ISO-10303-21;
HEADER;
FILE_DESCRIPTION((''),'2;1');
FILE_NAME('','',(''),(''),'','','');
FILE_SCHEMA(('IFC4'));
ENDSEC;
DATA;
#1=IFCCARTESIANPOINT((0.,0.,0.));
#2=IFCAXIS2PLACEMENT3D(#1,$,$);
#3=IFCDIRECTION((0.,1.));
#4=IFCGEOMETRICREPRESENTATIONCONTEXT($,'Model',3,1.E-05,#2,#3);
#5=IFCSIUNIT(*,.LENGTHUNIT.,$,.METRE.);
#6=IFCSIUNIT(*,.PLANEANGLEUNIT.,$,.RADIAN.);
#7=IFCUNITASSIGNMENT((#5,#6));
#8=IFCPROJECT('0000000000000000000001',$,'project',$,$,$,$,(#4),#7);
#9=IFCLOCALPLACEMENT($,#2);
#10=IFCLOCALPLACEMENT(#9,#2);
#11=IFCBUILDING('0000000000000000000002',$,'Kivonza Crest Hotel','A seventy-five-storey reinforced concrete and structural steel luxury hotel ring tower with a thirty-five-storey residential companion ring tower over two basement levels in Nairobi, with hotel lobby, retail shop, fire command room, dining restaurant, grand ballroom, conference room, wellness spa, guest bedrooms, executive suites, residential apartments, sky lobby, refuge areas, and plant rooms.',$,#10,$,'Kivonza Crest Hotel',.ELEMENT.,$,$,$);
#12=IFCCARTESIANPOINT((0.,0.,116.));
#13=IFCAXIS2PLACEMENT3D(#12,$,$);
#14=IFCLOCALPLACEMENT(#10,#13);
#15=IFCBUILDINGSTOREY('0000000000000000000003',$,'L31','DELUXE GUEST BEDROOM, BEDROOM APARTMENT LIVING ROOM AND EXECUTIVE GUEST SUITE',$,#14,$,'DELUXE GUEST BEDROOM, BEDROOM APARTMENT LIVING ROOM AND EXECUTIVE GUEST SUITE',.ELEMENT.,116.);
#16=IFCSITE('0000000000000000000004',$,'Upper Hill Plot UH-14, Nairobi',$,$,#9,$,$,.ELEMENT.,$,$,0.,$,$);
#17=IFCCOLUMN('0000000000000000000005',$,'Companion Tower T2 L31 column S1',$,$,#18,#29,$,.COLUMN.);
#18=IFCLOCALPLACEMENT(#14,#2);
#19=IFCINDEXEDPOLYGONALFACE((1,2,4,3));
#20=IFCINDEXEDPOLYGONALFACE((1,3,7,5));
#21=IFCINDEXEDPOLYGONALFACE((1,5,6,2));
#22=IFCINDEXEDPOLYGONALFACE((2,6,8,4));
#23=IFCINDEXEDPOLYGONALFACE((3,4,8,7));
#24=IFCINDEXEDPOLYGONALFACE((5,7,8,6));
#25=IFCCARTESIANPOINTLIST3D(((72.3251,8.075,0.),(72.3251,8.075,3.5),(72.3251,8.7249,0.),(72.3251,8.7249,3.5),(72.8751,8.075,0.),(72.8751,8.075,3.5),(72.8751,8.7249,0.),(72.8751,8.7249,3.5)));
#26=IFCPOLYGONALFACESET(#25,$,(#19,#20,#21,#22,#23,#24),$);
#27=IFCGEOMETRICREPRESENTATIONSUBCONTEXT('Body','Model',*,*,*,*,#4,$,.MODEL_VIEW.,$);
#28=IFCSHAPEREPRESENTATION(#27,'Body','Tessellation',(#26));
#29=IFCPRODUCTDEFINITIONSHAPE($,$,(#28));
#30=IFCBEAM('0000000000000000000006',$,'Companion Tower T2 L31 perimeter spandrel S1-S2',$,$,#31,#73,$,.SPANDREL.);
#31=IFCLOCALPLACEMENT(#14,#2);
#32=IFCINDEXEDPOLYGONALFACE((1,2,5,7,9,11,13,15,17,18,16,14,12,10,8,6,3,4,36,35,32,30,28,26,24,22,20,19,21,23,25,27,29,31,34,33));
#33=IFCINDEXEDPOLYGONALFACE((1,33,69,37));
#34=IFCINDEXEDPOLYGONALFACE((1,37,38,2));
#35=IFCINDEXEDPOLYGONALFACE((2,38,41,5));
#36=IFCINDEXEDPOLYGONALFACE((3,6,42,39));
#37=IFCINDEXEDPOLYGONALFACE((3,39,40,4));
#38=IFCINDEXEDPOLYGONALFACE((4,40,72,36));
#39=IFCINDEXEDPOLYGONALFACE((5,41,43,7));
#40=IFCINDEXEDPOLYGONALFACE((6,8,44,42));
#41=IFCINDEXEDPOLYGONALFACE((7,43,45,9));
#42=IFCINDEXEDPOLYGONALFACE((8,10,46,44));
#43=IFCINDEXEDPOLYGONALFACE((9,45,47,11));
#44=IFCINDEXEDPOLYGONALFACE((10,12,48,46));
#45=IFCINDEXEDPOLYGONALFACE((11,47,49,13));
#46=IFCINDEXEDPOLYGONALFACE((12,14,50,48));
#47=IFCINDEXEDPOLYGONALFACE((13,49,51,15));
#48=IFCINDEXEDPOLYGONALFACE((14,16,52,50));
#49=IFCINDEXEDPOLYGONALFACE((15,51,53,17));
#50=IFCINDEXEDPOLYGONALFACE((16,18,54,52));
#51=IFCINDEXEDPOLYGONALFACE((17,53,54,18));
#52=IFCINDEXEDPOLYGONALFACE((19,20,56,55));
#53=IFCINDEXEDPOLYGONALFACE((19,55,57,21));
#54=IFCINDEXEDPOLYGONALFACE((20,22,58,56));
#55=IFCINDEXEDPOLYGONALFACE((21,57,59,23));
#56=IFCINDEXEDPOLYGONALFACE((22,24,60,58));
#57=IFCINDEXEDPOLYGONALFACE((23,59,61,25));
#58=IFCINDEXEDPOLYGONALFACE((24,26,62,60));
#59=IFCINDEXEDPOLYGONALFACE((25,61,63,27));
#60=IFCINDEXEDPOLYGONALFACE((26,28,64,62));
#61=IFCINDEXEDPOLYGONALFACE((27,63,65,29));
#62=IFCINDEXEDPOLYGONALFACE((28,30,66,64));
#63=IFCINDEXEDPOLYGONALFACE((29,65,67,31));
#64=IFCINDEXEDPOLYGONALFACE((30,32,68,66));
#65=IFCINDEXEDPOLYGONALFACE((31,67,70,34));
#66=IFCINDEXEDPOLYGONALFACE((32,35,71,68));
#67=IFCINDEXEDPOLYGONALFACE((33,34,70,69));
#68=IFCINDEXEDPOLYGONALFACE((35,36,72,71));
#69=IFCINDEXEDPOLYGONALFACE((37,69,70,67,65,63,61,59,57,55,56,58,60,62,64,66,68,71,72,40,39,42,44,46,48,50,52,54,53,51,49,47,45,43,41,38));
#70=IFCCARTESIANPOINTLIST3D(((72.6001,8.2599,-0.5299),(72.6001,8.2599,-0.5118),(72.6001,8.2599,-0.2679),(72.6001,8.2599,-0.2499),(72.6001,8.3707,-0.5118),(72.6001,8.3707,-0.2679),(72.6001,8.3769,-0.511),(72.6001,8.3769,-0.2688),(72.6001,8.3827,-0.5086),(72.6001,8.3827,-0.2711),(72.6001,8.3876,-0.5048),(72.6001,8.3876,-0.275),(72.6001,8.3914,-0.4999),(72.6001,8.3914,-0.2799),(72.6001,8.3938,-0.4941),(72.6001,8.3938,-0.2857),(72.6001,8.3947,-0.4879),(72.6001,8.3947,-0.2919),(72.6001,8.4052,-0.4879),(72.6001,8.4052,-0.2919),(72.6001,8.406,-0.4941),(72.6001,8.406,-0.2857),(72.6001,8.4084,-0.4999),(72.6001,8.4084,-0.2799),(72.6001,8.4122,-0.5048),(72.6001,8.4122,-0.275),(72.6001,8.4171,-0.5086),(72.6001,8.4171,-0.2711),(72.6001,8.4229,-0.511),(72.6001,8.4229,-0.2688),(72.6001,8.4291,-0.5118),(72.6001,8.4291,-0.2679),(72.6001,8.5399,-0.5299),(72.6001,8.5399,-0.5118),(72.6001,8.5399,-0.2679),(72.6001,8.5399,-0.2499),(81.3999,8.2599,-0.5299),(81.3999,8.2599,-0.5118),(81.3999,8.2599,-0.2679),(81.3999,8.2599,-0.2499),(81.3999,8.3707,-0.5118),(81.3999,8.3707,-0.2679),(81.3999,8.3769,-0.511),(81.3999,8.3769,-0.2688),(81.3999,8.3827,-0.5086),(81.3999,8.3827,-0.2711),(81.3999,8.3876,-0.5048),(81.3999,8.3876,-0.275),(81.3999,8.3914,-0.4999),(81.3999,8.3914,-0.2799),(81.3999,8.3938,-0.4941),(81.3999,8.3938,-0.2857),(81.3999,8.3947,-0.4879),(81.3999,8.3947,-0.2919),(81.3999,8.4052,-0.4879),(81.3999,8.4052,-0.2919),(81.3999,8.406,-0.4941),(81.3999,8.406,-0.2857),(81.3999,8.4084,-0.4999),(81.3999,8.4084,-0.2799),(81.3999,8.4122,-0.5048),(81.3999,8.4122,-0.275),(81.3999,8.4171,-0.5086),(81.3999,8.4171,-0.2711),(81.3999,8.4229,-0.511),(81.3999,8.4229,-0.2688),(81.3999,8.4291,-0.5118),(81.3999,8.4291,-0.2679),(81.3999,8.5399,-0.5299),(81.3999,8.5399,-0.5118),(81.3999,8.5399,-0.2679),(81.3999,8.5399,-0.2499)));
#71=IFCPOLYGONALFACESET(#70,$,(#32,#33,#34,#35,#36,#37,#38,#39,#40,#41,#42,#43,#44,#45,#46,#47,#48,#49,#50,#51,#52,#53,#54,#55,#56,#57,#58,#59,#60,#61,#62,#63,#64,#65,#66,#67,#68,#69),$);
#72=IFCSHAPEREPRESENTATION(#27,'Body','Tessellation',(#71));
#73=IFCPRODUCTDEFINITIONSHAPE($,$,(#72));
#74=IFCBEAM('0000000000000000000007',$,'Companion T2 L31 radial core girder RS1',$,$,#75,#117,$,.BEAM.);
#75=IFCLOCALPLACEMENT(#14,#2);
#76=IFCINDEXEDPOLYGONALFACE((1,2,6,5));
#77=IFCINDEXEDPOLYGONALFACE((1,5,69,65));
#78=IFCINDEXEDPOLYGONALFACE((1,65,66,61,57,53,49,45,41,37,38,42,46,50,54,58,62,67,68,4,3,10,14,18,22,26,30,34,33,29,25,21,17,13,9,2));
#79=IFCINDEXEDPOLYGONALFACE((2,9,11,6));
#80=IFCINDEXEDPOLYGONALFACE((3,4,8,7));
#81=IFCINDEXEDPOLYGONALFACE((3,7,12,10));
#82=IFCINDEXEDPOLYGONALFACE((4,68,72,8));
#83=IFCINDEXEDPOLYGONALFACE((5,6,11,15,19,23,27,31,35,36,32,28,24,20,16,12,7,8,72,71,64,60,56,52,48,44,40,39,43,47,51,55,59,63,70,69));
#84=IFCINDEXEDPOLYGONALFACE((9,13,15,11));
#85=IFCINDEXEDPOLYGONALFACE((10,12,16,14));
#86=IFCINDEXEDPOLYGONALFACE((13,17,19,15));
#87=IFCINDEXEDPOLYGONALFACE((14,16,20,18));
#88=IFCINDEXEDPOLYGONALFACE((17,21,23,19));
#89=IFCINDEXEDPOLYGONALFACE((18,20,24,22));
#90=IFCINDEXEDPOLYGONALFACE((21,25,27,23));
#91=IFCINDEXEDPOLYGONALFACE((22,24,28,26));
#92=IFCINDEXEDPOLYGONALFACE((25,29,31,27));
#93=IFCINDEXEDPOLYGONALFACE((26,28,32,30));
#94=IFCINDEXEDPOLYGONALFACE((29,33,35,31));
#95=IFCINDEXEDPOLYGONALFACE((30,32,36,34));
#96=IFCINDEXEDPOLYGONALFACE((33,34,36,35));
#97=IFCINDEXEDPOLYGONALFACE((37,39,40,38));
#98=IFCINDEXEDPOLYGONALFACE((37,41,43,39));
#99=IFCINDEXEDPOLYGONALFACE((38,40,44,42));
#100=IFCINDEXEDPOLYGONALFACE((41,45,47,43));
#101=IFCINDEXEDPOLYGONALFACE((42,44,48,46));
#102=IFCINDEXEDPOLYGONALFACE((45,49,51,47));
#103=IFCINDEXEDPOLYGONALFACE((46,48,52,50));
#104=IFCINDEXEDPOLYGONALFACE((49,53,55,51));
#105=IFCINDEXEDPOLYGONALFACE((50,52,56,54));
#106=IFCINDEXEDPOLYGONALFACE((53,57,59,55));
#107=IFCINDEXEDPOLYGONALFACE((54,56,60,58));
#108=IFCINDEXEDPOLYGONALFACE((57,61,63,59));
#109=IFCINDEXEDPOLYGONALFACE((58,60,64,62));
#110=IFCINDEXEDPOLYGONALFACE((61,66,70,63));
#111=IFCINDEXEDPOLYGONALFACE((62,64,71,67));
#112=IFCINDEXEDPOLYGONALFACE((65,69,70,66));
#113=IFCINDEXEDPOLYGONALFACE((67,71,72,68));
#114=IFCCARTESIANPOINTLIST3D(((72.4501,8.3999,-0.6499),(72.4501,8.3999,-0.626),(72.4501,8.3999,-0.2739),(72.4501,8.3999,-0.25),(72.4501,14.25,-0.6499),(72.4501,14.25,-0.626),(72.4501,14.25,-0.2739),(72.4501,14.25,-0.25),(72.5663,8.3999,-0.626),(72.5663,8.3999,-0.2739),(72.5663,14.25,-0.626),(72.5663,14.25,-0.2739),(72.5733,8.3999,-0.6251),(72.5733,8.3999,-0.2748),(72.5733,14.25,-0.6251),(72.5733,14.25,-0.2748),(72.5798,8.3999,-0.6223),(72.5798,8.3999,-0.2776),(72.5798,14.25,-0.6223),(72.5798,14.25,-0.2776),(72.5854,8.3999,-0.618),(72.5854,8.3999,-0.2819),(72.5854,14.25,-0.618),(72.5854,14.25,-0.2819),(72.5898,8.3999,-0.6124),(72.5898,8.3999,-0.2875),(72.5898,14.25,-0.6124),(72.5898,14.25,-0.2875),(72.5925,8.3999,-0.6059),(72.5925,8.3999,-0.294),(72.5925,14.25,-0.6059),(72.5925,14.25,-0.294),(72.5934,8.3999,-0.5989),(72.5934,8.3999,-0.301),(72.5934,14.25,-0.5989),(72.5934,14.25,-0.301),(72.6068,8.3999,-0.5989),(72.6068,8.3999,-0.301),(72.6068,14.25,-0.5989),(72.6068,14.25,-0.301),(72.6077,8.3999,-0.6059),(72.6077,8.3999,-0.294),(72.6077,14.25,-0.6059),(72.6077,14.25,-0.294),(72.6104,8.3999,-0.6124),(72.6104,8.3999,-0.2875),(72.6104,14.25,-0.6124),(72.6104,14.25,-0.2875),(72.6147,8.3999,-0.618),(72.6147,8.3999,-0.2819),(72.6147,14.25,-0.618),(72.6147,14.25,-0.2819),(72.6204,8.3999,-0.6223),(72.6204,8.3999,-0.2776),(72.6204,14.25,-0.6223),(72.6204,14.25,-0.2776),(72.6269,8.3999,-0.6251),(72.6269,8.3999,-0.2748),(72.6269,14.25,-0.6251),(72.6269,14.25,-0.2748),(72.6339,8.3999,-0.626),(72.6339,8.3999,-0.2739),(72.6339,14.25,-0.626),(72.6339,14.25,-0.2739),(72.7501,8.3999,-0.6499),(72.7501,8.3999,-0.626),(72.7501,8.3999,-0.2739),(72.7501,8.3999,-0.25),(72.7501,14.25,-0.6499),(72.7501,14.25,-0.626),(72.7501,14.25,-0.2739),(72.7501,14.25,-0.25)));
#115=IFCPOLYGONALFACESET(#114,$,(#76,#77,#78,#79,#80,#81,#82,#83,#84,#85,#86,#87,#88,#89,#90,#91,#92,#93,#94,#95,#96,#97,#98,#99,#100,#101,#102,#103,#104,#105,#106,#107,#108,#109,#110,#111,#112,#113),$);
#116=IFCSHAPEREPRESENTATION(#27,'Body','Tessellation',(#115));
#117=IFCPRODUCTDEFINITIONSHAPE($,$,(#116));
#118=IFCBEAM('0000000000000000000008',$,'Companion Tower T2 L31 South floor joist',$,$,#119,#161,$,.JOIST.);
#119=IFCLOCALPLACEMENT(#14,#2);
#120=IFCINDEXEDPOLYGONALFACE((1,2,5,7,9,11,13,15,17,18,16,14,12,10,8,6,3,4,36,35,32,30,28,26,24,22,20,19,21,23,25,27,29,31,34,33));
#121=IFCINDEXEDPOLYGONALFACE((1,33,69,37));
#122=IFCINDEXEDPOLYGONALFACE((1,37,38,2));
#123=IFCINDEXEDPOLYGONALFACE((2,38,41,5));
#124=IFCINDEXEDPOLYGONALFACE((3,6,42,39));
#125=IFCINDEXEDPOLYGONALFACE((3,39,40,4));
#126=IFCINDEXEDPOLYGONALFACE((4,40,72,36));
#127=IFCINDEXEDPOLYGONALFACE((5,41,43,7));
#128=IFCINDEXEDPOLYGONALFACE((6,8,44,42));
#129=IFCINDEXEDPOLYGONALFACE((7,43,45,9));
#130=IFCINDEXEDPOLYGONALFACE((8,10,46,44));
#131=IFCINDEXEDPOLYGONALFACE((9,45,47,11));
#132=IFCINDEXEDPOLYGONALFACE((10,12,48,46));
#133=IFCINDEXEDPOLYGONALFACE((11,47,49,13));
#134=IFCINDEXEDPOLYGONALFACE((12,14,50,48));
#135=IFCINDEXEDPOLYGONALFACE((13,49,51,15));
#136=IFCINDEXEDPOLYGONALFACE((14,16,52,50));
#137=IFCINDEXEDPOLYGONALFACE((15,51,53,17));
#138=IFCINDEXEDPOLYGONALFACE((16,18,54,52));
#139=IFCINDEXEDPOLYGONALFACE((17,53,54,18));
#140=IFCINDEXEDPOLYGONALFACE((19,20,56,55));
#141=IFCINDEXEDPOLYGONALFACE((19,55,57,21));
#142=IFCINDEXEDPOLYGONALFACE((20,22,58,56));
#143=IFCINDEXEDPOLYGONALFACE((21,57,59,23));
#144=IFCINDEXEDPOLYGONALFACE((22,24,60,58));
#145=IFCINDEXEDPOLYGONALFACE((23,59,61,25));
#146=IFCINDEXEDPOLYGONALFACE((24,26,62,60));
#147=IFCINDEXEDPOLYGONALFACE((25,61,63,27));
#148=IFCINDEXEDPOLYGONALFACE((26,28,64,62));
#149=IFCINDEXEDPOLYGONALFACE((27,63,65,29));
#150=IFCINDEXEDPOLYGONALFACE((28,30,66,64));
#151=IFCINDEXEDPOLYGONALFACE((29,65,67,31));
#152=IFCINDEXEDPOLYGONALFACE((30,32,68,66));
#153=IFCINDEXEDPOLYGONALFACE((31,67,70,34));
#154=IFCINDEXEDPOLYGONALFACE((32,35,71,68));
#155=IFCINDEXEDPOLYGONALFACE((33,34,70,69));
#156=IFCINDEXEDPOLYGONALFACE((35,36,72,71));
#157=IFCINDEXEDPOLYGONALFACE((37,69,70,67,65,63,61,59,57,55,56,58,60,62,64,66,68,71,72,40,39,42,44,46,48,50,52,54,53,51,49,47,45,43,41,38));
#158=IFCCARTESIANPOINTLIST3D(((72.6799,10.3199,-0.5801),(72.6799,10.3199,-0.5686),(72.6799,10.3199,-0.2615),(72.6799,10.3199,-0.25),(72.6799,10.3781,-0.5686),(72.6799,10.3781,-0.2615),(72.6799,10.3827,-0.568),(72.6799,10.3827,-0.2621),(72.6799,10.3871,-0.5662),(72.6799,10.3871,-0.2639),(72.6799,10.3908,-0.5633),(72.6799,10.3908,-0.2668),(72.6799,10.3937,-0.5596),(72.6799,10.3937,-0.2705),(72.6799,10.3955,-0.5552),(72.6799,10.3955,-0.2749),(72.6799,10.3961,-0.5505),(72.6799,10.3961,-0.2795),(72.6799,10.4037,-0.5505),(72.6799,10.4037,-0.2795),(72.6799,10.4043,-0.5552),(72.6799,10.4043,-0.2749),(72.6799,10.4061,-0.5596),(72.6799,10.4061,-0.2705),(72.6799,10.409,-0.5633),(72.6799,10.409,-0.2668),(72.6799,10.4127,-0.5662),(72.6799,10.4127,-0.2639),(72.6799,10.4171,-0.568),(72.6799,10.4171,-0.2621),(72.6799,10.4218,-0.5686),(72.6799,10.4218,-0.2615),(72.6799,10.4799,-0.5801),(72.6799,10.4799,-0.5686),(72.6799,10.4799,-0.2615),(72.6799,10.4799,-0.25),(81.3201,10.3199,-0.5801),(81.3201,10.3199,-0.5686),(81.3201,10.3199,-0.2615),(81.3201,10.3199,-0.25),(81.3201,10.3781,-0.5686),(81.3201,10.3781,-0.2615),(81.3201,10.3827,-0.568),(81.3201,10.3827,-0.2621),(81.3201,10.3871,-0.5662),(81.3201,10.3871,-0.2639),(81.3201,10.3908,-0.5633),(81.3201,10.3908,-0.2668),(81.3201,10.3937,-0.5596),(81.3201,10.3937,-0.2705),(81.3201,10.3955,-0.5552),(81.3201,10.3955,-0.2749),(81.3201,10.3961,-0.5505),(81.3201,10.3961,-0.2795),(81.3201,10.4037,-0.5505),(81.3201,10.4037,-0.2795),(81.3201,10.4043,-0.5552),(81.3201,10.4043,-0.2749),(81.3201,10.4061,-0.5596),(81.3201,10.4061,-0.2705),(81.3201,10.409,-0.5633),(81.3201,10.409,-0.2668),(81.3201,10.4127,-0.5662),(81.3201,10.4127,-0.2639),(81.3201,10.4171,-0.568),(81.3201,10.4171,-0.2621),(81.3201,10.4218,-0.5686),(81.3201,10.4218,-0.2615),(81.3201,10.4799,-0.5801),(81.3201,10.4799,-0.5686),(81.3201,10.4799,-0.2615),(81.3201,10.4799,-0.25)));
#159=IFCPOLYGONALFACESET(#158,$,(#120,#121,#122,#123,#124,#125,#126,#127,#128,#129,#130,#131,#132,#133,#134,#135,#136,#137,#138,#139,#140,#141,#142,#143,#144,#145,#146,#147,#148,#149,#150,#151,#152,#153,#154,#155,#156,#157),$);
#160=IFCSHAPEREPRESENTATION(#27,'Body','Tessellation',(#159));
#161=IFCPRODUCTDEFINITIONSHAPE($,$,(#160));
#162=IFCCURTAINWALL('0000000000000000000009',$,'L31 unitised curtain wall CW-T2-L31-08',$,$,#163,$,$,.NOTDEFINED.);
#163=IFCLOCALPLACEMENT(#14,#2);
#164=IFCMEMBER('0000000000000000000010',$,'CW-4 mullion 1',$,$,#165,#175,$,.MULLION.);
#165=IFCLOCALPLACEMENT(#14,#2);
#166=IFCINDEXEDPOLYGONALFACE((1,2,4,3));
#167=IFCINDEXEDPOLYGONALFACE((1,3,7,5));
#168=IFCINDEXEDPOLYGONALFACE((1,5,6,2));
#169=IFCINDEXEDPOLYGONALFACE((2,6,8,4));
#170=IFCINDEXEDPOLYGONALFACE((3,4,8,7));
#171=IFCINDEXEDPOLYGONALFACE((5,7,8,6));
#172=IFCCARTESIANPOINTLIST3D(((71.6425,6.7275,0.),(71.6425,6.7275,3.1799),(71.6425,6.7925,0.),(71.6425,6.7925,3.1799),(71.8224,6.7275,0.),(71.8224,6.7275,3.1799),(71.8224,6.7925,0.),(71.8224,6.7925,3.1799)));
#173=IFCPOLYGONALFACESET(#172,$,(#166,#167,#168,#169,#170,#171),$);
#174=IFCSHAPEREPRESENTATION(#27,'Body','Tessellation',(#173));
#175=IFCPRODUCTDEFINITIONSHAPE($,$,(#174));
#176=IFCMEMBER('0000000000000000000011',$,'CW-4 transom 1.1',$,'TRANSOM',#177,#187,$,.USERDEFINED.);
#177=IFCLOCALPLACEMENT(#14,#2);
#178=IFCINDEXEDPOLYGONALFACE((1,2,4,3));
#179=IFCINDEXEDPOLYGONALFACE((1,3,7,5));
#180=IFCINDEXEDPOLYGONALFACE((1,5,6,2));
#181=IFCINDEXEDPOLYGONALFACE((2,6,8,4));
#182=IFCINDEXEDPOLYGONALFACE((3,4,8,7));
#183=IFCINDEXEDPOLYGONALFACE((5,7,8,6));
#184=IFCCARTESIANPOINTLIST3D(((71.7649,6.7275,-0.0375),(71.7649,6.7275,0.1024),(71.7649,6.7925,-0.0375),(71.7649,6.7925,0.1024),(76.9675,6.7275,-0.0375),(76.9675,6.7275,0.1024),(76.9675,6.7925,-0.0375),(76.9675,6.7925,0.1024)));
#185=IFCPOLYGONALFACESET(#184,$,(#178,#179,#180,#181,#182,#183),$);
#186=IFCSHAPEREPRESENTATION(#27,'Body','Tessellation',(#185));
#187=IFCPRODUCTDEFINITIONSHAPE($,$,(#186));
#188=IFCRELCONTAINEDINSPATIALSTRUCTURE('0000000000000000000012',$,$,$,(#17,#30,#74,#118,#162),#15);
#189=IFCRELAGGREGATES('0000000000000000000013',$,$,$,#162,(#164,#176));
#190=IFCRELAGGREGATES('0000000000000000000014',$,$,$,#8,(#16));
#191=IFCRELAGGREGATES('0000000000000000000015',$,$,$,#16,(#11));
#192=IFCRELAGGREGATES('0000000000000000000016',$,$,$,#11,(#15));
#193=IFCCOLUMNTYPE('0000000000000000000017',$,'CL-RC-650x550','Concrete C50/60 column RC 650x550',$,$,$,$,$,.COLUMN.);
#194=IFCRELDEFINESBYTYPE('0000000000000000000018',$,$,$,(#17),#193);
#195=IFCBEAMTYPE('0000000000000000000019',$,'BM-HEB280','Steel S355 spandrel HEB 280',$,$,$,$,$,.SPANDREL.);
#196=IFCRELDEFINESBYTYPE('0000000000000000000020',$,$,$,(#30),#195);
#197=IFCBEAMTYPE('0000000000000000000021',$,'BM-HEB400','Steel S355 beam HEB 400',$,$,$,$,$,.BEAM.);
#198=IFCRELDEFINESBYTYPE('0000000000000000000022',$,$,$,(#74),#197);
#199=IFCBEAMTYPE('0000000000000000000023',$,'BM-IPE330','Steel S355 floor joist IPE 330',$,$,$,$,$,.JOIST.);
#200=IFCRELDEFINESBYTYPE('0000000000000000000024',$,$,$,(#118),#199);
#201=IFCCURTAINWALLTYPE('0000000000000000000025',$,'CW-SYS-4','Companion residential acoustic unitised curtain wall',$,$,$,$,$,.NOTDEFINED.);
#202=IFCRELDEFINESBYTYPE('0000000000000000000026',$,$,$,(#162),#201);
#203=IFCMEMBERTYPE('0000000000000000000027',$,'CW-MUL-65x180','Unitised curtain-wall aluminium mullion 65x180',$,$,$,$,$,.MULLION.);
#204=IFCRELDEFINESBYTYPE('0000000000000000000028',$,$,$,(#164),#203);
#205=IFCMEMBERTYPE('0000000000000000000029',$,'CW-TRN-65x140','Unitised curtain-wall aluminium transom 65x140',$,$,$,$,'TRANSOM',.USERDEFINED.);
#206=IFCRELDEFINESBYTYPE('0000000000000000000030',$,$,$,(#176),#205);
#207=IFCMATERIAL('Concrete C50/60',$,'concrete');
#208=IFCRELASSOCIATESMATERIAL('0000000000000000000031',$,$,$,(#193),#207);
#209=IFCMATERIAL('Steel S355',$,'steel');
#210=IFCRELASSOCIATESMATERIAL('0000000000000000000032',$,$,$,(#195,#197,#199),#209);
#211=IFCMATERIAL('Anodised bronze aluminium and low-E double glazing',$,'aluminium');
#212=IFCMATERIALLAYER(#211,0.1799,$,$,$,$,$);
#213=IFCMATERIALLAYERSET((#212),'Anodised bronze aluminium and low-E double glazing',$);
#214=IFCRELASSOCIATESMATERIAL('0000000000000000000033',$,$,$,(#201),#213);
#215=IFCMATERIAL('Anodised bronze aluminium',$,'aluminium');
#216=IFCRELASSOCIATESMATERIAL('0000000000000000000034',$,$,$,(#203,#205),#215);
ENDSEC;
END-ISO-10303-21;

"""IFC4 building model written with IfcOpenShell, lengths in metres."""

from ifc_helpers import new_model, si_unit, direction, frame, origin, origin_2d, place, context, subcontext, project, spatial, rectangle, i_section, extrude, material, layer, layer_set, material_profile, profile_set, type_object, element, aggregate, save


model = new_model("IFC4")

# Units and contexts
model_context = context("Model", 3, precision=1e-05, world=origin(), true_north=direction((0.0, 1.0)))
body_context = subcontext(model_context, "Body", "Model", "MODEL_VIEW")
ifc_project = project(units=[si_unit("LENGTHUNIT", "METRE"), si_unit("PLANEANGLEUNIT", "RADIAN")], contexts=[model_context])

# Site, building, storey
site_placement = place(None, origin())
site = spatial("IfcSite", under=ifc_project, at=site_placement, Name="Upper Hill Plot UH-14, Nairobi", CompositionType="ELEMENT", RefElevation=0.0)
building_placement = place(site_placement, origin())
building = spatial("IfcBuilding", under=site, at=building_placement, Name="Kivonza Crest Hotel", Description="A seventy-five-storey reinforced concrete and structural steel luxury hotel ring tower with a thirty-five-storey residential companion ring tower over two basement levels in Nairobi, with hotel lobby, retail shop, fire command room, dining restaurant, grand ballroom, conference room, wellness spa, guest bedrooms, executive suites, residential apartments, sky lobby, refuge areas, and plant rooms.", LongName="Kivonza Crest Hotel", CompositionType="ELEMENT")
storey_placement = place(building_placement, frame((0.0, 0.0, 116.0)))
storey = spatial("IfcBuildingStorey", under=building, at=storey_placement, Name="L31", Description="DELUXE GUEST BEDROOM, BEDROOM APARTMENT LIVING ROOM AND EXECUTIVE GUEST SUITE", LongName="DELUXE GUEST BEDROOM, BEDROOM APARTMENT LIVING ROOM AND EXECUTIVE GUEST SUITE", CompositionType="ELEMENT", Elevation=116.0)

# Column
ifc_material_1 = material(Name="Concrete C50/60", Category="concrete")
ifc_material_profile_1 = material_profile(ifc_material_1, rectangle(XDim=0.55, YDim=0.6499, at=origin_2d()), Name="RC 650x550")
ifc_profile_set_1 = profile_set([ifc_material_profile_1], Name="Concrete C50/60")
column_type = type_object("IfcColumnType", Name="CL-RC-650x550", Description="Concrete C50/60 column RC 650x550", PredefinedType="COLUMN", material=ifc_profile_set_1)
column_placement = place(storey_placement, frame((72.6001, 8.3999, 0.0), z_axis=(0.0, 0.0, 1.0), x_axis=(1.0, 0.0, 0.0)))
element("IfcColumn", 1, at=column_placement, inside=storey, type_object=column_type, Name="Companion Tower T2 L31 column S1", PredefinedType="COLUMN", context=body_context, shape_type="SweptSolid", body=[
    extrude(rectangle(XDim=0.55, YDim=0.6499, at=origin_2d()), origin(), (0.0, 0.0, 1.0), 3.5),
])

# Beams
ifc_material_2 = material(Name="Steel S355", Category="steel")
ifc_material_profile_2 = material_profile(ifc_material_2, i_section(OverallWidth=0.28, OverallDepth=0.28, WebThickness=0.0105, FlangeThickness=0.0181, FilletRadius=0.0239, at=origin_2d()), Name="HEB 280")
ifc_profile_set_2 = profile_set([ifc_material_profile_2], Name="Steel S355")
beam_type_1 = type_object("IfcBeamType", Name="BM-HEB280", Description="Steel S355 spandrel HEB 280", PredefinedType="SPANDREL", material=ifc_profile_set_2)
beam_1_placement = place(storey_placement, frame((72.6001, 8.3999, -0.3899), z_axis=(1.0, 0.0, 0.0), x_axis=(0.0, 1.0, 0.0)))
element("IfcBeam", 2, at=beam_1_placement, inside=storey, type_object=beam_type_1, Name="Companion Tower T2 L31 perimeter spandrel S1-S2", PredefinedType="SPANDREL", context=body_context, shape_type="SweptSolid", body=[
    extrude(i_section(OverallWidth=0.28, OverallDepth=0.28, WebThickness=0.0105, FlangeThickness=0.0181, FilletRadius=0.0239, at=origin_2d()), origin(), (0.0, 0.0, 1.0), 8.7998),
])
ifc_material_profile_3 = material_profile(ifc_material_2, i_section(OverallWidth=0.3, OverallDepth=0.3999, WebThickness=0.0134, FlangeThickness=0.0239, FilletRadius=0.0271, at=origin_2d()), Name="HEB 400")
ifc_profile_set_3 = profile_set([ifc_material_profile_3], Name="Steel S355")
beam_type_2 = type_object("IfcBeamType", Name="BM-HEB400", Description="Steel S355 beam HEB 400", PredefinedType="BEAM", material=ifc_profile_set_3)
beam_2_placement = place(storey_placement, frame((72.6001, 8.3999, -0.45), z_axis=(0.0, 1.0, 0.0), x_axis=(-1.0, 0.0, 0.0)))
element("IfcBeam", 3, at=beam_2_placement, inside=storey, type_object=beam_type_2, Name="Companion T2 L31 radial core girder RS1", PredefinedType="BEAM", context=body_context, shape_type="SweptSolid", body=[
    extrude(i_section(OverallWidth=0.3, OverallDepth=0.3999, WebThickness=0.0134, FlangeThickness=0.0239, FilletRadius=0.0271, at=origin_2d()), origin(), (0.0, 0.0, 1.0), 5.8501),
])
ifc_material_profile_4 = material_profile(ifc_material_2, i_section(OverallWidth=0.1599, OverallDepth=0.3301, WebThickness=0.0076, FlangeThickness=0.0115, FilletRadius=0.0181, at=origin_2d()), Name="IPE 330")
ifc_profile_set_4 = profile_set([ifc_material_profile_4], Name="Steel S355")
beam_type_3 = type_object("IfcBeamType", Name="BM-IPE330", Description="Steel S355 floor joist IPE 330", PredefinedType="JOIST", material=ifc_profile_set_4)
beam_3_placement = place(storey_placement, frame((72.6799, 10.3999, -0.415), z_axis=(1.0, 0.0, 0.0), x_axis=(0.0, 1.0, 0.0)))
element("IfcBeam", 4, at=beam_3_placement, inside=storey, type_object=beam_type_3, Name="Companion Tower T2 L31 South floor joist", PredefinedType="JOIST", context=body_context, shape_type="SweptSolid", body=[
    extrude(i_section(OverallWidth=0.1599, OverallDepth=0.3301, WebThickness=0.0076, FlangeThickness=0.0115, FilletRadius=0.0181, at=origin_2d()), origin(), (0.0, 0.0, 1.0), 8.6401),
])

# Curtain wall, members
ifc_material_3 = material(Name="Anodised bronze aluminium and low-E double glazing", Category="aluminium")
ifc_layer_1 = layer(ifc_material_3, 0.1799)
ifc_layer_set_1 = layer_set([ifc_layer_1], Name="Anodised bronze aluminium and low-E double glazing")
curtain_wall_type = type_object("IfcCurtainWallType", Name="CW-SYS-4", Description="Companion residential acoustic unitised curtain wall", PredefinedType="NOTDEFINED", material=ifc_layer_set_1)
curtain_wall_placement = place(storey_placement, origin())
curtain_wall = element("IfcCurtainWall", 5, at=curtain_wall_placement, inside=storey, type_object=curtain_wall_type, Name="L31 unitised curtain wall CW-T2-L31-08", PredefinedType="NOTDEFINED")
ifc_material_4 = material(Name="Anodised bronze aluminium", Category="aluminium")
ifc_material_profile_5 = material_profile(ifc_material_4, rectangle(XDim=0.0649, YDim=0.1799, at=origin_2d()), Name="CW-M 65x180")
ifc_profile_set_5 = profile_set([ifc_material_profile_5], Name="Anodised bronze aluminium")
member_type_1 = type_object("IfcMemberType", Name="CW-MUL-65x180", Description="Unitised curtain-wall aluminium mullion 65x180", PredefinedType="MULLION", material=ifc_profile_set_5)
member_1_placement = place(storey_placement, frame((71.7324, 6.76, 0.0), z_axis=(0.0, 0.0, 1.0), x_axis=(0.0, 1.0, 0.0)))
member_1 = element("IfcMember", 6, at=member_1_placement, type_object=member_type_1, Name="CW-4 mullion 1", PredefinedType="MULLION", context=body_context, shape_type="SweptSolid", body=[
    extrude(rectangle(XDim=0.0649, YDim=0.1799, at=origin_2d()), origin(), (0.0, 0.0, 1.0), 3.1799),
])
ifc_material_profile_6 = material_profile(ifc_material_4, rectangle(XDim=0.0649, YDim=0.1399, at=origin_2d()), Name="CW-T 65x140")
ifc_profile_set_6 = profile_set([ifc_material_profile_6], Name="Anodised bronze aluminium")
member_type_2 = type_object("IfcMemberType", Name="CW-TRN-65x140", Description="Unitised curtain-wall aluminium transom 65x140", ElementType="TRANSOM", PredefinedType="USERDEFINED", material=ifc_profile_set_6)
member_2_placement = place(storey_placement, frame((71.7649, 6.76, 0.0325), z_axis=(1.0, 0.0, 0.0), x_axis=(0.0, 1.0, 0.0)))
member_2 = element("IfcMember", 7, at=member_2_placement, type_object=member_type_2, Name="CW-4 transom 1.1", ObjectType="TRANSOM", PredefinedType="USERDEFINED", context=body_context, shape_type="SweptSolid", body=[
    extrude(rectangle(XDim=0.0649, YDim=0.1399, at=origin_2d()), origin(), (0.0, 0.0, 1.0), 5.2026),
])
aggregate(curtain_wall, [member_1, member_2])

save(model, "model.ifc")
